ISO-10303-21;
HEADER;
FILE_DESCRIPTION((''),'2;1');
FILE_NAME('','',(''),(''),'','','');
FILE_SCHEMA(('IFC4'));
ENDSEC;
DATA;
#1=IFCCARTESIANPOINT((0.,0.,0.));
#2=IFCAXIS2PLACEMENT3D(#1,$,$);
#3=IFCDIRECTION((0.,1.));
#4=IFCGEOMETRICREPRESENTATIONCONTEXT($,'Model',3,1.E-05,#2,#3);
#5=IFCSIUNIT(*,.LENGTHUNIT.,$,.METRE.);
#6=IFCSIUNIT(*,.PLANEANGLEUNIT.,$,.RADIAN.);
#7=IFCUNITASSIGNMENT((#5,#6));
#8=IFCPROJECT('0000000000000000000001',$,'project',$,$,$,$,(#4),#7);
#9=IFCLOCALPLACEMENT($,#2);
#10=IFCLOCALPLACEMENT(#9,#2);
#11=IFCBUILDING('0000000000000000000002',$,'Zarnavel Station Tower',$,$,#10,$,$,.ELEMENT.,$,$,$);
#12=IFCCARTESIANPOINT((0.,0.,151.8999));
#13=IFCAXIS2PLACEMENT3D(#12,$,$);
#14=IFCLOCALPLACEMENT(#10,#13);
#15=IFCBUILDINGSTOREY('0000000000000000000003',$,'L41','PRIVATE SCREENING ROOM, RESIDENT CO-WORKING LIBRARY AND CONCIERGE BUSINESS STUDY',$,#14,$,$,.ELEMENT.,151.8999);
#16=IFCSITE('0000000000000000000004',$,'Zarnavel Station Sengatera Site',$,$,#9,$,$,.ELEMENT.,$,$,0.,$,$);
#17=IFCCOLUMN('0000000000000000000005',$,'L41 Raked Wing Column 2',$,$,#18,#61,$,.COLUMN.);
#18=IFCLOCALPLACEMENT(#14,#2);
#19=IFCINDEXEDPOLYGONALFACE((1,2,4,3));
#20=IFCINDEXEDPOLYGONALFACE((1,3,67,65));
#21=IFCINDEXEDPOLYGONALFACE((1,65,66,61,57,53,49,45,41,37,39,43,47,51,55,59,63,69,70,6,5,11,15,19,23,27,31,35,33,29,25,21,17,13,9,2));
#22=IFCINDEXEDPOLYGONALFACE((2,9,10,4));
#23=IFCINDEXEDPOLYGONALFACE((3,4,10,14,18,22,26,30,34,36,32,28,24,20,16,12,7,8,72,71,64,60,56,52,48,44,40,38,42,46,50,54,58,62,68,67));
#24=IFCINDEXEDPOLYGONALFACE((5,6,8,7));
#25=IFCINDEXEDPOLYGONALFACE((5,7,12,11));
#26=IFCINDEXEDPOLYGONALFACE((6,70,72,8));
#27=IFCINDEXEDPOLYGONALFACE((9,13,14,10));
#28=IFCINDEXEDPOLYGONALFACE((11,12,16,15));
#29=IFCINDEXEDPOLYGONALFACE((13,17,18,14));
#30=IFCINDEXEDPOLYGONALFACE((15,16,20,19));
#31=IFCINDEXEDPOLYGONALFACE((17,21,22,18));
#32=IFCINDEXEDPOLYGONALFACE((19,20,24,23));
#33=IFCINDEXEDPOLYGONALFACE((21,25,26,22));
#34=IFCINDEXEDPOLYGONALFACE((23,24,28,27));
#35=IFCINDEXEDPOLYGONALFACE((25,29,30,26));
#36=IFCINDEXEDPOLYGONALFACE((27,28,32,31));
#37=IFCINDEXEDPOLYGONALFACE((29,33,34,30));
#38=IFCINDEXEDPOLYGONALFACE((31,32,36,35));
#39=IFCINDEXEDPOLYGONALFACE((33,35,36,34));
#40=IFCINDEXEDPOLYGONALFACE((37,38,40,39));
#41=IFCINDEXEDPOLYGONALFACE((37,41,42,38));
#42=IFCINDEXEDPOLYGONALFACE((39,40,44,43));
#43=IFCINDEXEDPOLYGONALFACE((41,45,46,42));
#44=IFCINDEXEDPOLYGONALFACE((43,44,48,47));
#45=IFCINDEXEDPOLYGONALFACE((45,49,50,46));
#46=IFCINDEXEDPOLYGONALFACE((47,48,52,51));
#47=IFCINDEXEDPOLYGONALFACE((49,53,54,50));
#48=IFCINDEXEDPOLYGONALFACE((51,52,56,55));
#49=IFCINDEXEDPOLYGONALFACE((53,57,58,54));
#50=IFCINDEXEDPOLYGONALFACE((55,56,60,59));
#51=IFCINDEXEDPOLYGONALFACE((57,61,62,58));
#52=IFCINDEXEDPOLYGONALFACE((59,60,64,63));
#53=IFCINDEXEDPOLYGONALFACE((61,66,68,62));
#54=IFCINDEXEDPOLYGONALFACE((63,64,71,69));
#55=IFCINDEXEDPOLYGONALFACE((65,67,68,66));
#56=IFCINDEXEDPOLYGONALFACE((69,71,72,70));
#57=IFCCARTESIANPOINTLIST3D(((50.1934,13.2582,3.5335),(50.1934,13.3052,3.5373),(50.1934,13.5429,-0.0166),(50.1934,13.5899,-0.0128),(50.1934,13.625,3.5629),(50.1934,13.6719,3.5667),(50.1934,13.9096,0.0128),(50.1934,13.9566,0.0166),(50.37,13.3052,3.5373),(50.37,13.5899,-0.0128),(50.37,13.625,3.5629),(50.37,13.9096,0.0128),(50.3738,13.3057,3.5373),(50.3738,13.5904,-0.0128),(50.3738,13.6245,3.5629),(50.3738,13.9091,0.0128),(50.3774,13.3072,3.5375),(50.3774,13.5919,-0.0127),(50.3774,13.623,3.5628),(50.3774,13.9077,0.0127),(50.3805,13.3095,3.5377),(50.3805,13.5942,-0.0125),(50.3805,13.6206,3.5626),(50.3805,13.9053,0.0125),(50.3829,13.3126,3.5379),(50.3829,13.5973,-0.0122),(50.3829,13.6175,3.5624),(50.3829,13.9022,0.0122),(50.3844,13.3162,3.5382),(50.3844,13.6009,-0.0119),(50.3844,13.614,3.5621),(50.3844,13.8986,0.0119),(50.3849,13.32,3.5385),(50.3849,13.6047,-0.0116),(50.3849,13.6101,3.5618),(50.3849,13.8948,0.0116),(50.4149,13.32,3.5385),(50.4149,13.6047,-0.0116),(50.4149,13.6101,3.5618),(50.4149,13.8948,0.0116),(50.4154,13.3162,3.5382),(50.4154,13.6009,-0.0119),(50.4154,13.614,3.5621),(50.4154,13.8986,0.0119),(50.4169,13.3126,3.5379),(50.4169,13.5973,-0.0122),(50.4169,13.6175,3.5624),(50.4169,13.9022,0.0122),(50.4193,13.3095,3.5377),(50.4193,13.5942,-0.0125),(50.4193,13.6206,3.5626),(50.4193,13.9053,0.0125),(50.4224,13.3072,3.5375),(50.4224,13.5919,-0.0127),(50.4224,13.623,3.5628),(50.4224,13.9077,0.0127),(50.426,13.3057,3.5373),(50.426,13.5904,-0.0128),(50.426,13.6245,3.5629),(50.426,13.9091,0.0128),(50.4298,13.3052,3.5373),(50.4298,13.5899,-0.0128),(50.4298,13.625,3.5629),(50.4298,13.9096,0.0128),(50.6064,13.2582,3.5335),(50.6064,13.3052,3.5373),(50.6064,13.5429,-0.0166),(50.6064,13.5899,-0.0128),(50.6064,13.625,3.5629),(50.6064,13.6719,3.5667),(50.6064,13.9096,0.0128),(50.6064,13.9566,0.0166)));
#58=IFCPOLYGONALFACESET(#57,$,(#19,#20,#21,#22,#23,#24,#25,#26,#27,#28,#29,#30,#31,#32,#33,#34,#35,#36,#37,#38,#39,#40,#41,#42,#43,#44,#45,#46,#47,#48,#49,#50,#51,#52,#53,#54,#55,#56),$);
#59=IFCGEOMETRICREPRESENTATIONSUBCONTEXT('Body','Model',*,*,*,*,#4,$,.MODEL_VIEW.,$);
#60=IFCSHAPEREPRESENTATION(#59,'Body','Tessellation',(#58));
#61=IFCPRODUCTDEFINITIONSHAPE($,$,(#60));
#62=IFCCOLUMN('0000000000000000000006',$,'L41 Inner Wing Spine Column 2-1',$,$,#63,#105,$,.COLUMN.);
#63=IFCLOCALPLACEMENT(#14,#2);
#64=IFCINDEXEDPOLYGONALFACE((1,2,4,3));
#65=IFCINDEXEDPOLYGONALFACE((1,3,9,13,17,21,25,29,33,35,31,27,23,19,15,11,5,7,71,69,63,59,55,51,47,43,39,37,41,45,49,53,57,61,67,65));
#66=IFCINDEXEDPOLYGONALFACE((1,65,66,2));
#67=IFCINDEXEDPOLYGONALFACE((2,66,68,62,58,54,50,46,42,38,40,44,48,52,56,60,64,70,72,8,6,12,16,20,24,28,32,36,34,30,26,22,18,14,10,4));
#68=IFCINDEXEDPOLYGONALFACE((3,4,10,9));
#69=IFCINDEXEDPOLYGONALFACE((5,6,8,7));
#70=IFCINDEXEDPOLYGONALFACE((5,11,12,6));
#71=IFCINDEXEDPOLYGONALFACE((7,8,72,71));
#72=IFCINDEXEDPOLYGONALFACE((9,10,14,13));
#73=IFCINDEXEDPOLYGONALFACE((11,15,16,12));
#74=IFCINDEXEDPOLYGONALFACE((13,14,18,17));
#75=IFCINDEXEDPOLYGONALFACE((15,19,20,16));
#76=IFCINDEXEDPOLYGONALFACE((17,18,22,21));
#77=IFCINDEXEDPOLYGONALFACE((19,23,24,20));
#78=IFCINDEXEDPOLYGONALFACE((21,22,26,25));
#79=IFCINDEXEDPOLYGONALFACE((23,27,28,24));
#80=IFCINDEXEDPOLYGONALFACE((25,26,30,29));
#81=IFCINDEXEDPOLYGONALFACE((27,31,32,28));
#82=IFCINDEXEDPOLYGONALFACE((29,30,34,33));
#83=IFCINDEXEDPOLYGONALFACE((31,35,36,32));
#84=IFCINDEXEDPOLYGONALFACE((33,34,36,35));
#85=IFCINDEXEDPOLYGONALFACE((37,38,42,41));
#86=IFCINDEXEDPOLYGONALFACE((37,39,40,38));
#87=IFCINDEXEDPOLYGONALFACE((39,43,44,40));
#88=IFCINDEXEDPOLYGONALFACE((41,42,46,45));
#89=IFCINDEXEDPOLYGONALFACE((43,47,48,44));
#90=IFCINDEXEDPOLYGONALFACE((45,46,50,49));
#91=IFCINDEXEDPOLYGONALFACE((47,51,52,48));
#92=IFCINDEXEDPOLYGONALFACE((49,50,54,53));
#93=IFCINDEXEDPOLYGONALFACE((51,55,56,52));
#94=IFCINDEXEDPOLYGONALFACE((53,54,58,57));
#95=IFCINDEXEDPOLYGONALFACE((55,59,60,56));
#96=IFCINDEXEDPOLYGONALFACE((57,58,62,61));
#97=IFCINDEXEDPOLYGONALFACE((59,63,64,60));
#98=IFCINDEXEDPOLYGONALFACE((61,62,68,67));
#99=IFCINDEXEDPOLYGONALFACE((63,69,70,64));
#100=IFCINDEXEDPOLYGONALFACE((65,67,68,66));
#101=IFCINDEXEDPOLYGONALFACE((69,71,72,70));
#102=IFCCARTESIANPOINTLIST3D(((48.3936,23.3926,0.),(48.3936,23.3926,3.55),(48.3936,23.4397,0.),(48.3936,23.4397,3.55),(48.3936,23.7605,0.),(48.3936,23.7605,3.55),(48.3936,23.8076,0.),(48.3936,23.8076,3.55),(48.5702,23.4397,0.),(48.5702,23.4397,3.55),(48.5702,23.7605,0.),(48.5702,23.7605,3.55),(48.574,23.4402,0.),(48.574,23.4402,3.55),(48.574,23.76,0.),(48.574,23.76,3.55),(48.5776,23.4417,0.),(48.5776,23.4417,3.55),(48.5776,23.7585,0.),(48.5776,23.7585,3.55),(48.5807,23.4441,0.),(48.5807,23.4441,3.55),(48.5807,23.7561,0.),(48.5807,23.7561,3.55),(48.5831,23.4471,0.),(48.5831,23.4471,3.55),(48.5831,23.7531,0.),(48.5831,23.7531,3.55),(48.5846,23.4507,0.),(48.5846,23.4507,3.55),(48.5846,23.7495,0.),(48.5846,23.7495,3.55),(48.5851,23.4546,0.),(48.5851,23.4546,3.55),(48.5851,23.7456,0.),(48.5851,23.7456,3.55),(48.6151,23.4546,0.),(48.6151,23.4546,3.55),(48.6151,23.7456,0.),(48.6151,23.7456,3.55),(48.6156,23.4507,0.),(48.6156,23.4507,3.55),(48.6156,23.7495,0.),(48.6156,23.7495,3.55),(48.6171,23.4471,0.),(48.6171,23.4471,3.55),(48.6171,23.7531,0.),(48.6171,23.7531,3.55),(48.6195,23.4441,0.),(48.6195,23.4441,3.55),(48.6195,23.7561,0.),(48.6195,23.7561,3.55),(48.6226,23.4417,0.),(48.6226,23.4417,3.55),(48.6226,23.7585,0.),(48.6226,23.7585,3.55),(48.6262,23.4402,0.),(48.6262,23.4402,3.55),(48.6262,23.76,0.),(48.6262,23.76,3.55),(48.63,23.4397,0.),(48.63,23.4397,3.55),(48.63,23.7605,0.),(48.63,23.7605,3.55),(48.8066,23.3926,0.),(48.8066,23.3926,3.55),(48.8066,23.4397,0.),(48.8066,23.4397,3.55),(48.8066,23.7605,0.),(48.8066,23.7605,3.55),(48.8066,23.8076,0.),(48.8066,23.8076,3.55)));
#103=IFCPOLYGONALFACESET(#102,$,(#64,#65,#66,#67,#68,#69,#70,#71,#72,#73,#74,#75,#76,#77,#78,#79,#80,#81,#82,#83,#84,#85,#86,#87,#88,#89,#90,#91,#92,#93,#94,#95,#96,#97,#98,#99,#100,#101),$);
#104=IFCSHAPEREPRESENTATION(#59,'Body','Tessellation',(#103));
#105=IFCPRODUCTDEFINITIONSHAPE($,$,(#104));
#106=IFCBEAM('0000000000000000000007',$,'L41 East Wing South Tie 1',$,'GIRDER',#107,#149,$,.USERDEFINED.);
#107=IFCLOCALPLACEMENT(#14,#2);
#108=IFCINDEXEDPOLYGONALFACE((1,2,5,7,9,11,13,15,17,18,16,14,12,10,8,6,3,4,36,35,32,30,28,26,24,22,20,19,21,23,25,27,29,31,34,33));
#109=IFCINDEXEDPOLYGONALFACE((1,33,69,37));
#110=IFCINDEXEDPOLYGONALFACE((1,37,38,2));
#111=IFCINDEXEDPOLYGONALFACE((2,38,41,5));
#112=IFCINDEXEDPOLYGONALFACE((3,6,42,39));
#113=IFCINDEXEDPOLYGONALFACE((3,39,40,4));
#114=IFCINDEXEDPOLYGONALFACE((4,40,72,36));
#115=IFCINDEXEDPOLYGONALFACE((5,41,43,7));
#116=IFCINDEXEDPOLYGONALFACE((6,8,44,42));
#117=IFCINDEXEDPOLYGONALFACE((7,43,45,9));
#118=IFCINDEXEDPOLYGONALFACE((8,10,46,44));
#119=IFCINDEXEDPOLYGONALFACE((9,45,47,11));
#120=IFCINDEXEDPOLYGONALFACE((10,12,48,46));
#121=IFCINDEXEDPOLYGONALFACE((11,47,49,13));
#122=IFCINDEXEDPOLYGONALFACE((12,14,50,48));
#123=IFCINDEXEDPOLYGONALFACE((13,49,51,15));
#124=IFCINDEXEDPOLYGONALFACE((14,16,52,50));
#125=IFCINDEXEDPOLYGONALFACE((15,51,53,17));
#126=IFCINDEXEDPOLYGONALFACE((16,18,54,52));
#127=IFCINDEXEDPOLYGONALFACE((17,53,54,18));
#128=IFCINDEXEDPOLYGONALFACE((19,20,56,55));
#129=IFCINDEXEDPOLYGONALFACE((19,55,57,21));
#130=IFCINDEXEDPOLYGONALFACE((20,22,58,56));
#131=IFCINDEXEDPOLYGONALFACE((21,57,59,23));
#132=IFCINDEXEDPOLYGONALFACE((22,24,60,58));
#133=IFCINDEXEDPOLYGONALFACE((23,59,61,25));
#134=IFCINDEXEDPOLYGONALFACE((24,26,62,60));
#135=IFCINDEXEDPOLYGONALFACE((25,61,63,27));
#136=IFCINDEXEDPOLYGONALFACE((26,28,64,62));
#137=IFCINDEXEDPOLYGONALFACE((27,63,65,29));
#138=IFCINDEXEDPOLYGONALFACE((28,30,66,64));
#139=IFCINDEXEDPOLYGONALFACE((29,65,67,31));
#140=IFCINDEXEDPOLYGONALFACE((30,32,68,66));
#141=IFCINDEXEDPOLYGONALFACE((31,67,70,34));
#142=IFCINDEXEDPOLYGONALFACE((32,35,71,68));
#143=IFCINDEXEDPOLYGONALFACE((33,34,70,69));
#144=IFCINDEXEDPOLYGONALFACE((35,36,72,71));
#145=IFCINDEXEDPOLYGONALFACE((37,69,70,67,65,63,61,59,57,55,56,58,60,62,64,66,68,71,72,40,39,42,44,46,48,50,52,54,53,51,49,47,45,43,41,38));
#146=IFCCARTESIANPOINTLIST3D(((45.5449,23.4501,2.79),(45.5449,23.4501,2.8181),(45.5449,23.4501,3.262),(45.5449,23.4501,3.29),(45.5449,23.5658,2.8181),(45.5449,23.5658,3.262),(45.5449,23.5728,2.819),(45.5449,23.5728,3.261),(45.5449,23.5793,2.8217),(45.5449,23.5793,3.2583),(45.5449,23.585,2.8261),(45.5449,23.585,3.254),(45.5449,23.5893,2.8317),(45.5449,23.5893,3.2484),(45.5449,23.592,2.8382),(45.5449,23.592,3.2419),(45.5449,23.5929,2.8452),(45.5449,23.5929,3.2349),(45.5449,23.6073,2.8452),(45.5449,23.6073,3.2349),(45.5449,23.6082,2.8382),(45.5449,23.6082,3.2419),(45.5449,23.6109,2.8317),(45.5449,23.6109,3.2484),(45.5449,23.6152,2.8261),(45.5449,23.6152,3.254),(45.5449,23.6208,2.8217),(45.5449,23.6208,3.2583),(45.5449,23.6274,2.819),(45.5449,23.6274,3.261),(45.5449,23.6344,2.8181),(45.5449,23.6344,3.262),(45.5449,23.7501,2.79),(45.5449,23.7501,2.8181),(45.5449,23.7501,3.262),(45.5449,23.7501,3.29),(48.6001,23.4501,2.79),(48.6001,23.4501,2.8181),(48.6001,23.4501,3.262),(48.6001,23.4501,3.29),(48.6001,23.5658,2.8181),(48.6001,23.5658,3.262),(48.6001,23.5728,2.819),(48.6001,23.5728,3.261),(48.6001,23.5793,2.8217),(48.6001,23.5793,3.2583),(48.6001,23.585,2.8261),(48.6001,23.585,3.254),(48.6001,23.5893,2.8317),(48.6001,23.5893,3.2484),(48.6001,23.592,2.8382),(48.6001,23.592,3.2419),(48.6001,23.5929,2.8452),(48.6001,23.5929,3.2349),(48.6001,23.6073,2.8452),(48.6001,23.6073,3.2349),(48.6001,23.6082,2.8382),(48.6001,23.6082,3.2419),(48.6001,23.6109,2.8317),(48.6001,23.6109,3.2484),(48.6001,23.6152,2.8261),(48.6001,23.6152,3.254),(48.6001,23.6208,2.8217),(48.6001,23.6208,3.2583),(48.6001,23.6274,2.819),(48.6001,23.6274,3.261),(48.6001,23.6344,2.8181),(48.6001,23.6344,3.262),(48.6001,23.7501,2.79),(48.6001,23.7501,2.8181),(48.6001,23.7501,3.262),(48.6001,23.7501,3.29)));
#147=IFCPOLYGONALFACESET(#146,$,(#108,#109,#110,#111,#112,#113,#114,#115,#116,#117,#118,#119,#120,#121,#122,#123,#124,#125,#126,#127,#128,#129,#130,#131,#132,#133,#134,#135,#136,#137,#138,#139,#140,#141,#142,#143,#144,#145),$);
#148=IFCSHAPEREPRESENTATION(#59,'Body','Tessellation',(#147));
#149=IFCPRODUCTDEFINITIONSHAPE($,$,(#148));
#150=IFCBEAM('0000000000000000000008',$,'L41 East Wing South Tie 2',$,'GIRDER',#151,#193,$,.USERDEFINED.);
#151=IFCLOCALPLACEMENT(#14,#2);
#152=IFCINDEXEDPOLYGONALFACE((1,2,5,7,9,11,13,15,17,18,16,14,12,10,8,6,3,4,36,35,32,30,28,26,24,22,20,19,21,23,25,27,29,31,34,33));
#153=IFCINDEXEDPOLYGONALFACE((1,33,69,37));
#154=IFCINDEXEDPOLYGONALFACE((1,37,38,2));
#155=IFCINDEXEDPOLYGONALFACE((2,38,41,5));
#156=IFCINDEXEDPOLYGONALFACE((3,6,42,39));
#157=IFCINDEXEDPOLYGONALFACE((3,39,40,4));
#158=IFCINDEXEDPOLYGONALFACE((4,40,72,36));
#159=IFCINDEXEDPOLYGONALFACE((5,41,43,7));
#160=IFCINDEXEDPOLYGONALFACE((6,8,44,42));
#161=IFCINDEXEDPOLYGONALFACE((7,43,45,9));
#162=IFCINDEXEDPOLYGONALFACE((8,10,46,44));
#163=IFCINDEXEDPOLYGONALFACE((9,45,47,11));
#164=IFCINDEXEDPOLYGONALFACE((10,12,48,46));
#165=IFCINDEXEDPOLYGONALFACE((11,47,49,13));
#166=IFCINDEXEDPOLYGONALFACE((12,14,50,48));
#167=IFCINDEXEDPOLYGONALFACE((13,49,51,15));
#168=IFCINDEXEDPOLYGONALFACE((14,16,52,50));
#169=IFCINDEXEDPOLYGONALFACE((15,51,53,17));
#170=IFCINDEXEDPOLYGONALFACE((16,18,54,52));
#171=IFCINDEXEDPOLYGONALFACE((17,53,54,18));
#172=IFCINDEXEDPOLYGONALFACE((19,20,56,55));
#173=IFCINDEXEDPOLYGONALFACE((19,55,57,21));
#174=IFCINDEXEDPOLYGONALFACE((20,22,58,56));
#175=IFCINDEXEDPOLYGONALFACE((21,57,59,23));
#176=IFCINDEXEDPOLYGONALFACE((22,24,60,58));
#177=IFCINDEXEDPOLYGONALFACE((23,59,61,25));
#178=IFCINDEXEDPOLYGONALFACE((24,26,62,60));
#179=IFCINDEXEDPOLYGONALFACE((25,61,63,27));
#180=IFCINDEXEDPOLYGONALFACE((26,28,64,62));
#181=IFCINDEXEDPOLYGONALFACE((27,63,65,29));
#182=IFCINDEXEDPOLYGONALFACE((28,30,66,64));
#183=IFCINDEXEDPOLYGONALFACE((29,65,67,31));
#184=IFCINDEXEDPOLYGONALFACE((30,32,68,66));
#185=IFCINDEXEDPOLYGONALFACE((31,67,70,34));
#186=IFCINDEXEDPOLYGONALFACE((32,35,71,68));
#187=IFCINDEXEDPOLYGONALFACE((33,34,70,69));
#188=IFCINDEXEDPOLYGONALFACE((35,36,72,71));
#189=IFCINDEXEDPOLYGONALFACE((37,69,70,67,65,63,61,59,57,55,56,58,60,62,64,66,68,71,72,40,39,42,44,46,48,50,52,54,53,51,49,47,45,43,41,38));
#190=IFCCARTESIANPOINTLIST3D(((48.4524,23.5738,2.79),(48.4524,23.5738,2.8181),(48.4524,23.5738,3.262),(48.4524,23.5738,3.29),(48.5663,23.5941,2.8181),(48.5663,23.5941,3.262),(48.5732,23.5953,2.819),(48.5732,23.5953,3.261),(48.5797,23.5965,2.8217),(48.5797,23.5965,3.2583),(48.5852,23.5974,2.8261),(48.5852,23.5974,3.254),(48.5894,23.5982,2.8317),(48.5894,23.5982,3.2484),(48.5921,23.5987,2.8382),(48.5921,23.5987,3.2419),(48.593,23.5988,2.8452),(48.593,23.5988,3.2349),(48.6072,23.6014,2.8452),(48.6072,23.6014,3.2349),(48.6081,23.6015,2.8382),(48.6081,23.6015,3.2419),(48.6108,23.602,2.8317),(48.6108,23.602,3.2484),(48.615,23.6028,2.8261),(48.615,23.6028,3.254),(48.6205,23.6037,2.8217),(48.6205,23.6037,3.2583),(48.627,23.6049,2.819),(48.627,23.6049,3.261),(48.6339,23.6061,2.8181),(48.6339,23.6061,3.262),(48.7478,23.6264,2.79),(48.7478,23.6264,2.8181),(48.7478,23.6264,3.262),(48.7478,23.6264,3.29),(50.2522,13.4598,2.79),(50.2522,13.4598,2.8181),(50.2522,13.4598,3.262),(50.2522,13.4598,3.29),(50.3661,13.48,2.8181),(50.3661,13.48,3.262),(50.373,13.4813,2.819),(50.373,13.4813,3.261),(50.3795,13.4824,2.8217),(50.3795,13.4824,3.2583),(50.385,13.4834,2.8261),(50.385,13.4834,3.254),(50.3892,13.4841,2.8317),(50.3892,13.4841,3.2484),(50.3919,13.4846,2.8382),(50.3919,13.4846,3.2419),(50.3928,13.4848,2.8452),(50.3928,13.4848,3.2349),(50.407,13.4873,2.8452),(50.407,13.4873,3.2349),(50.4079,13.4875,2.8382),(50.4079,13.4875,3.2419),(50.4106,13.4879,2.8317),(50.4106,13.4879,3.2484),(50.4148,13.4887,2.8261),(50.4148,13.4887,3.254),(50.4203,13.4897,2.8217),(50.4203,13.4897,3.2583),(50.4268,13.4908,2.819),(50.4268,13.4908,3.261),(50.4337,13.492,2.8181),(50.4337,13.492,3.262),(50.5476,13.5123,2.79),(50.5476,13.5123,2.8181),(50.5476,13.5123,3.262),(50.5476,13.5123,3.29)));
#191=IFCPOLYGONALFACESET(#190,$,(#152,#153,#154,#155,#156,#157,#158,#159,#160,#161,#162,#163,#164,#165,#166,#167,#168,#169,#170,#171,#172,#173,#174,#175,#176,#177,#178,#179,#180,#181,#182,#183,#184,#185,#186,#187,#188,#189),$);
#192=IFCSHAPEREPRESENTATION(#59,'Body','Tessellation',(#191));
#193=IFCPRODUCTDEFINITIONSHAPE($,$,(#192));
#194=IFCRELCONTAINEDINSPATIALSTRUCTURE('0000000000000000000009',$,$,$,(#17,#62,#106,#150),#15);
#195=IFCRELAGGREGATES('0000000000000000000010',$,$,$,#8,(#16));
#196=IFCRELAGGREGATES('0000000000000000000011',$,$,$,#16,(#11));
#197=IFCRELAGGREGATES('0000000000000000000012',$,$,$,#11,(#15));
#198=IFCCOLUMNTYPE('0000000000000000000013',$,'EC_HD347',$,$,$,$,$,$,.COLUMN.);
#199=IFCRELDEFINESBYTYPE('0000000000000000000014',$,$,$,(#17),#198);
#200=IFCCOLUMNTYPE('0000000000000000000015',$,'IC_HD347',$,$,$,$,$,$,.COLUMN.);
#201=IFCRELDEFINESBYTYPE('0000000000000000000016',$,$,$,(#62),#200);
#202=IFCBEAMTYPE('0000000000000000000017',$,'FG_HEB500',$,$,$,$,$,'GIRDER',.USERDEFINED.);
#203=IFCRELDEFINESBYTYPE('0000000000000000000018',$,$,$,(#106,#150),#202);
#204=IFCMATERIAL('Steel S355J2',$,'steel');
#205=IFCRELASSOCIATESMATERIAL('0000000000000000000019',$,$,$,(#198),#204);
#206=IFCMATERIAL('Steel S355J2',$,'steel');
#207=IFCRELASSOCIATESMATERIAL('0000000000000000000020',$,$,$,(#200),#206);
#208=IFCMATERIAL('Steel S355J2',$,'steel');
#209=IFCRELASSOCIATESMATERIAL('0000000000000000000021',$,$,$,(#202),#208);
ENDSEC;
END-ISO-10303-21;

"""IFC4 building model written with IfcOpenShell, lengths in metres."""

from ifc_helpers import new_model, si_unit, direction, frame, origin, origin_2d, place, context, subcontext, project, spatial, i_section, extrude, material, material_profile, profile_set, type_object, element, save


model = new_model("IFC4")

# Units and contexts
model_context = context("Model", 3, precision=1e-05, world=origin(), true_north=direction((0.0, 1.0)))
body_context = subcontext(model_context, "Body", "Model", "MODEL_VIEW")
ifc_project = project(units=[si_unit("LENGTHUNIT", "METRE"), si_unit("PLANEANGLEUNIT", "RADIAN")], contexts=[model_context])

# Site, building, storey
site_placement = place(None, origin())
site = spatial("IfcSite", under=ifc_project, at=site_placement, Name="Zarnavel Station Sengatera Site", CompositionType="ELEMENT", RefElevation=0.0)
building_placement = place(site_placement, origin())
building = spatial("IfcBuilding", under=site, at=building_placement, Name="Zarnavel Station Tower", CompositionType="ELEMENT")
storey_placement = place(building_placement, frame((0.0, 0.0, 151.8999)))
storey = spatial("IfcBuildingStorey", under=building, at=storey_placement, Name="L41", Description="PRIVATE SCREENING ROOM, RESIDENT CO-WORKING LIBRARY AND CONCIERGE BUSINESS STUDY", CompositionType="ELEMENT", Elevation=151.8999)

# Columns
ifc_material_1 = material(Name="Steel S355J2", Category="steel")
ifc_material_profile_1 = material_profile(ifc_material_1, i_section(OverallWidth=0.4131, OverallDepth=0.415, WebThickness=0.03, FlangeThickness=0.0471, FilletRadius=0.0149, at=origin_2d()), Name="HD400x347")
ifc_profile_set_1 = profile_set([ifc_material_profile_1], Name="Steel S355J2")
column_type_1 = type_object("IfcColumnType", Name="EC_HD347", PredefinedType="COLUMN", material=ifc_profile_set_1)
column_1_placement = place(storey_placement, frame((50.3999, 13.7498, 0.0), z_axis=(0.0, -0.07993, 0.9968), x_axis=(1.0, 0.0, 0.0)))
element("IfcColumn", 1, at=column_1_placement, inside=storey, type_object=column_type_1, Name="L41 Raked Wing Column 2", PredefinedType="COLUMN", context=body_context, shape_type="SweptSolid", body=[
    extrude(i_section(OverallWidth=0.4131, OverallDepth=0.415, WebThickness=0.03, FlangeThickness=0.0471, FilletRadius=0.0149, at=origin_2d()), origin(), (0.0, 0.0, 1.0), 3.5615),
])
ifc_material_2 = material(Name="Steel S355J2", Category="steel")
ifc_material_profile_2 = material_profile(ifc_material_2, i_section(OverallWidth=0.4131, OverallDepth=0.415, WebThickness=0.03, FlangeThickness=0.0471, FilletRadius=0.0149, at=origin_2d()), Name="HD400x347")
ifc_profile_set_2 = profile_set([ifc_material_profile_2], Name="Steel S355J2")
column_type_2 = type_object("IfcColumnType", Name="IC_HD347", PredefinedType="COLUMN", material=ifc_profile_set_2)
column_2_placement = place(storey_placement, frame((48.6001, 23.6001, 0.0), z_axis=(0.0, 0.0, 1.0), x_axis=(1.0, 0.0, 0.0)))
element("IfcColumn", 2, at=column_2_placement, inside=storey, type_object=column_type_2, Name="L41 Inner Wing Spine Column 2-1", PredefinedType="COLUMN", context=body_context, shape_type="SweptSolid", body=[
    extrude(i_section(OverallWidth=0.4131, OverallDepth=0.415, WebThickness=0.03, FlangeThickness=0.0471, FilletRadius=0.0149, at=origin_2d()), origin(), (0.0, 0.0, 1.0), 3.55),
])

# Beams
ifc_material_3 = material(Name="Steel S355J2", Category="steel")
ifc_material_profile_3 = material_profile(ifc_material_3, i_section(OverallWidth=0.3, OverallDepth=0.5, WebThickness=0.0144, FlangeThickness=0.0281, FilletRadius=0.0271, at=origin_2d()), Name="HEB500")
ifc_profile_set_3 = profile_set([ifc_material_profile_3], Name="Steel S355J2")
beam_type_1 = type_object("IfcBeamType", Name="FG_HEB500", ElementType="GIRDER", PredefinedType="USERDEFINED", material=ifc_profile_set_3)
beam_1_placement = place(storey_placement, frame((45.5449, 23.6001, 3.04), z_axis=(1.0, 0.0, 0.0), x_axis=(0.0, 1.0, 0.0)))
element("IfcBeam", 3, at=beam_1_placement, inside=storey, type_object=beam_type_1, Name="L41 East Wing South Tie 1", ObjectType="GIRDER", PredefinedType="USERDEFINED", context=body_context, shape_type="SweptSolid", body=[
    extrude(i_section(OverallWidth=0.3, OverallDepth=0.5, WebThickness=0.0144, FlangeThickness=0.0281, FilletRadius=0.0271, at=origin_2d()), origin(), (0.0, 0.0, 1.0), 3.0552),
])
beam_2_placement = place(storey_placement, frame((48.6001, 23.6001, 3.04), z_axis=(0.175199, -0.984533, 0.0), x_axis=(0.984533, 0.175199, 0.0)))
element("IfcBeam", 4, at=beam_2_placement, inside=storey, type_object=beam_type_1, Name="L41 East Wing South Tie 2", ObjectType="GIRDER", PredefinedType="USERDEFINED", context=body_context, shape_type="SweptSolid", body=[
    extrude(i_section(OverallWidth=0.3, OverallDepth=0.5, WebThickness=0.0144, FlangeThickness=0.0281, FilletRadius=0.0271, at=origin_2d()), origin(), (0.0, 0.0, 1.0), 10.2729),
])

save(model, "model.ifc")
